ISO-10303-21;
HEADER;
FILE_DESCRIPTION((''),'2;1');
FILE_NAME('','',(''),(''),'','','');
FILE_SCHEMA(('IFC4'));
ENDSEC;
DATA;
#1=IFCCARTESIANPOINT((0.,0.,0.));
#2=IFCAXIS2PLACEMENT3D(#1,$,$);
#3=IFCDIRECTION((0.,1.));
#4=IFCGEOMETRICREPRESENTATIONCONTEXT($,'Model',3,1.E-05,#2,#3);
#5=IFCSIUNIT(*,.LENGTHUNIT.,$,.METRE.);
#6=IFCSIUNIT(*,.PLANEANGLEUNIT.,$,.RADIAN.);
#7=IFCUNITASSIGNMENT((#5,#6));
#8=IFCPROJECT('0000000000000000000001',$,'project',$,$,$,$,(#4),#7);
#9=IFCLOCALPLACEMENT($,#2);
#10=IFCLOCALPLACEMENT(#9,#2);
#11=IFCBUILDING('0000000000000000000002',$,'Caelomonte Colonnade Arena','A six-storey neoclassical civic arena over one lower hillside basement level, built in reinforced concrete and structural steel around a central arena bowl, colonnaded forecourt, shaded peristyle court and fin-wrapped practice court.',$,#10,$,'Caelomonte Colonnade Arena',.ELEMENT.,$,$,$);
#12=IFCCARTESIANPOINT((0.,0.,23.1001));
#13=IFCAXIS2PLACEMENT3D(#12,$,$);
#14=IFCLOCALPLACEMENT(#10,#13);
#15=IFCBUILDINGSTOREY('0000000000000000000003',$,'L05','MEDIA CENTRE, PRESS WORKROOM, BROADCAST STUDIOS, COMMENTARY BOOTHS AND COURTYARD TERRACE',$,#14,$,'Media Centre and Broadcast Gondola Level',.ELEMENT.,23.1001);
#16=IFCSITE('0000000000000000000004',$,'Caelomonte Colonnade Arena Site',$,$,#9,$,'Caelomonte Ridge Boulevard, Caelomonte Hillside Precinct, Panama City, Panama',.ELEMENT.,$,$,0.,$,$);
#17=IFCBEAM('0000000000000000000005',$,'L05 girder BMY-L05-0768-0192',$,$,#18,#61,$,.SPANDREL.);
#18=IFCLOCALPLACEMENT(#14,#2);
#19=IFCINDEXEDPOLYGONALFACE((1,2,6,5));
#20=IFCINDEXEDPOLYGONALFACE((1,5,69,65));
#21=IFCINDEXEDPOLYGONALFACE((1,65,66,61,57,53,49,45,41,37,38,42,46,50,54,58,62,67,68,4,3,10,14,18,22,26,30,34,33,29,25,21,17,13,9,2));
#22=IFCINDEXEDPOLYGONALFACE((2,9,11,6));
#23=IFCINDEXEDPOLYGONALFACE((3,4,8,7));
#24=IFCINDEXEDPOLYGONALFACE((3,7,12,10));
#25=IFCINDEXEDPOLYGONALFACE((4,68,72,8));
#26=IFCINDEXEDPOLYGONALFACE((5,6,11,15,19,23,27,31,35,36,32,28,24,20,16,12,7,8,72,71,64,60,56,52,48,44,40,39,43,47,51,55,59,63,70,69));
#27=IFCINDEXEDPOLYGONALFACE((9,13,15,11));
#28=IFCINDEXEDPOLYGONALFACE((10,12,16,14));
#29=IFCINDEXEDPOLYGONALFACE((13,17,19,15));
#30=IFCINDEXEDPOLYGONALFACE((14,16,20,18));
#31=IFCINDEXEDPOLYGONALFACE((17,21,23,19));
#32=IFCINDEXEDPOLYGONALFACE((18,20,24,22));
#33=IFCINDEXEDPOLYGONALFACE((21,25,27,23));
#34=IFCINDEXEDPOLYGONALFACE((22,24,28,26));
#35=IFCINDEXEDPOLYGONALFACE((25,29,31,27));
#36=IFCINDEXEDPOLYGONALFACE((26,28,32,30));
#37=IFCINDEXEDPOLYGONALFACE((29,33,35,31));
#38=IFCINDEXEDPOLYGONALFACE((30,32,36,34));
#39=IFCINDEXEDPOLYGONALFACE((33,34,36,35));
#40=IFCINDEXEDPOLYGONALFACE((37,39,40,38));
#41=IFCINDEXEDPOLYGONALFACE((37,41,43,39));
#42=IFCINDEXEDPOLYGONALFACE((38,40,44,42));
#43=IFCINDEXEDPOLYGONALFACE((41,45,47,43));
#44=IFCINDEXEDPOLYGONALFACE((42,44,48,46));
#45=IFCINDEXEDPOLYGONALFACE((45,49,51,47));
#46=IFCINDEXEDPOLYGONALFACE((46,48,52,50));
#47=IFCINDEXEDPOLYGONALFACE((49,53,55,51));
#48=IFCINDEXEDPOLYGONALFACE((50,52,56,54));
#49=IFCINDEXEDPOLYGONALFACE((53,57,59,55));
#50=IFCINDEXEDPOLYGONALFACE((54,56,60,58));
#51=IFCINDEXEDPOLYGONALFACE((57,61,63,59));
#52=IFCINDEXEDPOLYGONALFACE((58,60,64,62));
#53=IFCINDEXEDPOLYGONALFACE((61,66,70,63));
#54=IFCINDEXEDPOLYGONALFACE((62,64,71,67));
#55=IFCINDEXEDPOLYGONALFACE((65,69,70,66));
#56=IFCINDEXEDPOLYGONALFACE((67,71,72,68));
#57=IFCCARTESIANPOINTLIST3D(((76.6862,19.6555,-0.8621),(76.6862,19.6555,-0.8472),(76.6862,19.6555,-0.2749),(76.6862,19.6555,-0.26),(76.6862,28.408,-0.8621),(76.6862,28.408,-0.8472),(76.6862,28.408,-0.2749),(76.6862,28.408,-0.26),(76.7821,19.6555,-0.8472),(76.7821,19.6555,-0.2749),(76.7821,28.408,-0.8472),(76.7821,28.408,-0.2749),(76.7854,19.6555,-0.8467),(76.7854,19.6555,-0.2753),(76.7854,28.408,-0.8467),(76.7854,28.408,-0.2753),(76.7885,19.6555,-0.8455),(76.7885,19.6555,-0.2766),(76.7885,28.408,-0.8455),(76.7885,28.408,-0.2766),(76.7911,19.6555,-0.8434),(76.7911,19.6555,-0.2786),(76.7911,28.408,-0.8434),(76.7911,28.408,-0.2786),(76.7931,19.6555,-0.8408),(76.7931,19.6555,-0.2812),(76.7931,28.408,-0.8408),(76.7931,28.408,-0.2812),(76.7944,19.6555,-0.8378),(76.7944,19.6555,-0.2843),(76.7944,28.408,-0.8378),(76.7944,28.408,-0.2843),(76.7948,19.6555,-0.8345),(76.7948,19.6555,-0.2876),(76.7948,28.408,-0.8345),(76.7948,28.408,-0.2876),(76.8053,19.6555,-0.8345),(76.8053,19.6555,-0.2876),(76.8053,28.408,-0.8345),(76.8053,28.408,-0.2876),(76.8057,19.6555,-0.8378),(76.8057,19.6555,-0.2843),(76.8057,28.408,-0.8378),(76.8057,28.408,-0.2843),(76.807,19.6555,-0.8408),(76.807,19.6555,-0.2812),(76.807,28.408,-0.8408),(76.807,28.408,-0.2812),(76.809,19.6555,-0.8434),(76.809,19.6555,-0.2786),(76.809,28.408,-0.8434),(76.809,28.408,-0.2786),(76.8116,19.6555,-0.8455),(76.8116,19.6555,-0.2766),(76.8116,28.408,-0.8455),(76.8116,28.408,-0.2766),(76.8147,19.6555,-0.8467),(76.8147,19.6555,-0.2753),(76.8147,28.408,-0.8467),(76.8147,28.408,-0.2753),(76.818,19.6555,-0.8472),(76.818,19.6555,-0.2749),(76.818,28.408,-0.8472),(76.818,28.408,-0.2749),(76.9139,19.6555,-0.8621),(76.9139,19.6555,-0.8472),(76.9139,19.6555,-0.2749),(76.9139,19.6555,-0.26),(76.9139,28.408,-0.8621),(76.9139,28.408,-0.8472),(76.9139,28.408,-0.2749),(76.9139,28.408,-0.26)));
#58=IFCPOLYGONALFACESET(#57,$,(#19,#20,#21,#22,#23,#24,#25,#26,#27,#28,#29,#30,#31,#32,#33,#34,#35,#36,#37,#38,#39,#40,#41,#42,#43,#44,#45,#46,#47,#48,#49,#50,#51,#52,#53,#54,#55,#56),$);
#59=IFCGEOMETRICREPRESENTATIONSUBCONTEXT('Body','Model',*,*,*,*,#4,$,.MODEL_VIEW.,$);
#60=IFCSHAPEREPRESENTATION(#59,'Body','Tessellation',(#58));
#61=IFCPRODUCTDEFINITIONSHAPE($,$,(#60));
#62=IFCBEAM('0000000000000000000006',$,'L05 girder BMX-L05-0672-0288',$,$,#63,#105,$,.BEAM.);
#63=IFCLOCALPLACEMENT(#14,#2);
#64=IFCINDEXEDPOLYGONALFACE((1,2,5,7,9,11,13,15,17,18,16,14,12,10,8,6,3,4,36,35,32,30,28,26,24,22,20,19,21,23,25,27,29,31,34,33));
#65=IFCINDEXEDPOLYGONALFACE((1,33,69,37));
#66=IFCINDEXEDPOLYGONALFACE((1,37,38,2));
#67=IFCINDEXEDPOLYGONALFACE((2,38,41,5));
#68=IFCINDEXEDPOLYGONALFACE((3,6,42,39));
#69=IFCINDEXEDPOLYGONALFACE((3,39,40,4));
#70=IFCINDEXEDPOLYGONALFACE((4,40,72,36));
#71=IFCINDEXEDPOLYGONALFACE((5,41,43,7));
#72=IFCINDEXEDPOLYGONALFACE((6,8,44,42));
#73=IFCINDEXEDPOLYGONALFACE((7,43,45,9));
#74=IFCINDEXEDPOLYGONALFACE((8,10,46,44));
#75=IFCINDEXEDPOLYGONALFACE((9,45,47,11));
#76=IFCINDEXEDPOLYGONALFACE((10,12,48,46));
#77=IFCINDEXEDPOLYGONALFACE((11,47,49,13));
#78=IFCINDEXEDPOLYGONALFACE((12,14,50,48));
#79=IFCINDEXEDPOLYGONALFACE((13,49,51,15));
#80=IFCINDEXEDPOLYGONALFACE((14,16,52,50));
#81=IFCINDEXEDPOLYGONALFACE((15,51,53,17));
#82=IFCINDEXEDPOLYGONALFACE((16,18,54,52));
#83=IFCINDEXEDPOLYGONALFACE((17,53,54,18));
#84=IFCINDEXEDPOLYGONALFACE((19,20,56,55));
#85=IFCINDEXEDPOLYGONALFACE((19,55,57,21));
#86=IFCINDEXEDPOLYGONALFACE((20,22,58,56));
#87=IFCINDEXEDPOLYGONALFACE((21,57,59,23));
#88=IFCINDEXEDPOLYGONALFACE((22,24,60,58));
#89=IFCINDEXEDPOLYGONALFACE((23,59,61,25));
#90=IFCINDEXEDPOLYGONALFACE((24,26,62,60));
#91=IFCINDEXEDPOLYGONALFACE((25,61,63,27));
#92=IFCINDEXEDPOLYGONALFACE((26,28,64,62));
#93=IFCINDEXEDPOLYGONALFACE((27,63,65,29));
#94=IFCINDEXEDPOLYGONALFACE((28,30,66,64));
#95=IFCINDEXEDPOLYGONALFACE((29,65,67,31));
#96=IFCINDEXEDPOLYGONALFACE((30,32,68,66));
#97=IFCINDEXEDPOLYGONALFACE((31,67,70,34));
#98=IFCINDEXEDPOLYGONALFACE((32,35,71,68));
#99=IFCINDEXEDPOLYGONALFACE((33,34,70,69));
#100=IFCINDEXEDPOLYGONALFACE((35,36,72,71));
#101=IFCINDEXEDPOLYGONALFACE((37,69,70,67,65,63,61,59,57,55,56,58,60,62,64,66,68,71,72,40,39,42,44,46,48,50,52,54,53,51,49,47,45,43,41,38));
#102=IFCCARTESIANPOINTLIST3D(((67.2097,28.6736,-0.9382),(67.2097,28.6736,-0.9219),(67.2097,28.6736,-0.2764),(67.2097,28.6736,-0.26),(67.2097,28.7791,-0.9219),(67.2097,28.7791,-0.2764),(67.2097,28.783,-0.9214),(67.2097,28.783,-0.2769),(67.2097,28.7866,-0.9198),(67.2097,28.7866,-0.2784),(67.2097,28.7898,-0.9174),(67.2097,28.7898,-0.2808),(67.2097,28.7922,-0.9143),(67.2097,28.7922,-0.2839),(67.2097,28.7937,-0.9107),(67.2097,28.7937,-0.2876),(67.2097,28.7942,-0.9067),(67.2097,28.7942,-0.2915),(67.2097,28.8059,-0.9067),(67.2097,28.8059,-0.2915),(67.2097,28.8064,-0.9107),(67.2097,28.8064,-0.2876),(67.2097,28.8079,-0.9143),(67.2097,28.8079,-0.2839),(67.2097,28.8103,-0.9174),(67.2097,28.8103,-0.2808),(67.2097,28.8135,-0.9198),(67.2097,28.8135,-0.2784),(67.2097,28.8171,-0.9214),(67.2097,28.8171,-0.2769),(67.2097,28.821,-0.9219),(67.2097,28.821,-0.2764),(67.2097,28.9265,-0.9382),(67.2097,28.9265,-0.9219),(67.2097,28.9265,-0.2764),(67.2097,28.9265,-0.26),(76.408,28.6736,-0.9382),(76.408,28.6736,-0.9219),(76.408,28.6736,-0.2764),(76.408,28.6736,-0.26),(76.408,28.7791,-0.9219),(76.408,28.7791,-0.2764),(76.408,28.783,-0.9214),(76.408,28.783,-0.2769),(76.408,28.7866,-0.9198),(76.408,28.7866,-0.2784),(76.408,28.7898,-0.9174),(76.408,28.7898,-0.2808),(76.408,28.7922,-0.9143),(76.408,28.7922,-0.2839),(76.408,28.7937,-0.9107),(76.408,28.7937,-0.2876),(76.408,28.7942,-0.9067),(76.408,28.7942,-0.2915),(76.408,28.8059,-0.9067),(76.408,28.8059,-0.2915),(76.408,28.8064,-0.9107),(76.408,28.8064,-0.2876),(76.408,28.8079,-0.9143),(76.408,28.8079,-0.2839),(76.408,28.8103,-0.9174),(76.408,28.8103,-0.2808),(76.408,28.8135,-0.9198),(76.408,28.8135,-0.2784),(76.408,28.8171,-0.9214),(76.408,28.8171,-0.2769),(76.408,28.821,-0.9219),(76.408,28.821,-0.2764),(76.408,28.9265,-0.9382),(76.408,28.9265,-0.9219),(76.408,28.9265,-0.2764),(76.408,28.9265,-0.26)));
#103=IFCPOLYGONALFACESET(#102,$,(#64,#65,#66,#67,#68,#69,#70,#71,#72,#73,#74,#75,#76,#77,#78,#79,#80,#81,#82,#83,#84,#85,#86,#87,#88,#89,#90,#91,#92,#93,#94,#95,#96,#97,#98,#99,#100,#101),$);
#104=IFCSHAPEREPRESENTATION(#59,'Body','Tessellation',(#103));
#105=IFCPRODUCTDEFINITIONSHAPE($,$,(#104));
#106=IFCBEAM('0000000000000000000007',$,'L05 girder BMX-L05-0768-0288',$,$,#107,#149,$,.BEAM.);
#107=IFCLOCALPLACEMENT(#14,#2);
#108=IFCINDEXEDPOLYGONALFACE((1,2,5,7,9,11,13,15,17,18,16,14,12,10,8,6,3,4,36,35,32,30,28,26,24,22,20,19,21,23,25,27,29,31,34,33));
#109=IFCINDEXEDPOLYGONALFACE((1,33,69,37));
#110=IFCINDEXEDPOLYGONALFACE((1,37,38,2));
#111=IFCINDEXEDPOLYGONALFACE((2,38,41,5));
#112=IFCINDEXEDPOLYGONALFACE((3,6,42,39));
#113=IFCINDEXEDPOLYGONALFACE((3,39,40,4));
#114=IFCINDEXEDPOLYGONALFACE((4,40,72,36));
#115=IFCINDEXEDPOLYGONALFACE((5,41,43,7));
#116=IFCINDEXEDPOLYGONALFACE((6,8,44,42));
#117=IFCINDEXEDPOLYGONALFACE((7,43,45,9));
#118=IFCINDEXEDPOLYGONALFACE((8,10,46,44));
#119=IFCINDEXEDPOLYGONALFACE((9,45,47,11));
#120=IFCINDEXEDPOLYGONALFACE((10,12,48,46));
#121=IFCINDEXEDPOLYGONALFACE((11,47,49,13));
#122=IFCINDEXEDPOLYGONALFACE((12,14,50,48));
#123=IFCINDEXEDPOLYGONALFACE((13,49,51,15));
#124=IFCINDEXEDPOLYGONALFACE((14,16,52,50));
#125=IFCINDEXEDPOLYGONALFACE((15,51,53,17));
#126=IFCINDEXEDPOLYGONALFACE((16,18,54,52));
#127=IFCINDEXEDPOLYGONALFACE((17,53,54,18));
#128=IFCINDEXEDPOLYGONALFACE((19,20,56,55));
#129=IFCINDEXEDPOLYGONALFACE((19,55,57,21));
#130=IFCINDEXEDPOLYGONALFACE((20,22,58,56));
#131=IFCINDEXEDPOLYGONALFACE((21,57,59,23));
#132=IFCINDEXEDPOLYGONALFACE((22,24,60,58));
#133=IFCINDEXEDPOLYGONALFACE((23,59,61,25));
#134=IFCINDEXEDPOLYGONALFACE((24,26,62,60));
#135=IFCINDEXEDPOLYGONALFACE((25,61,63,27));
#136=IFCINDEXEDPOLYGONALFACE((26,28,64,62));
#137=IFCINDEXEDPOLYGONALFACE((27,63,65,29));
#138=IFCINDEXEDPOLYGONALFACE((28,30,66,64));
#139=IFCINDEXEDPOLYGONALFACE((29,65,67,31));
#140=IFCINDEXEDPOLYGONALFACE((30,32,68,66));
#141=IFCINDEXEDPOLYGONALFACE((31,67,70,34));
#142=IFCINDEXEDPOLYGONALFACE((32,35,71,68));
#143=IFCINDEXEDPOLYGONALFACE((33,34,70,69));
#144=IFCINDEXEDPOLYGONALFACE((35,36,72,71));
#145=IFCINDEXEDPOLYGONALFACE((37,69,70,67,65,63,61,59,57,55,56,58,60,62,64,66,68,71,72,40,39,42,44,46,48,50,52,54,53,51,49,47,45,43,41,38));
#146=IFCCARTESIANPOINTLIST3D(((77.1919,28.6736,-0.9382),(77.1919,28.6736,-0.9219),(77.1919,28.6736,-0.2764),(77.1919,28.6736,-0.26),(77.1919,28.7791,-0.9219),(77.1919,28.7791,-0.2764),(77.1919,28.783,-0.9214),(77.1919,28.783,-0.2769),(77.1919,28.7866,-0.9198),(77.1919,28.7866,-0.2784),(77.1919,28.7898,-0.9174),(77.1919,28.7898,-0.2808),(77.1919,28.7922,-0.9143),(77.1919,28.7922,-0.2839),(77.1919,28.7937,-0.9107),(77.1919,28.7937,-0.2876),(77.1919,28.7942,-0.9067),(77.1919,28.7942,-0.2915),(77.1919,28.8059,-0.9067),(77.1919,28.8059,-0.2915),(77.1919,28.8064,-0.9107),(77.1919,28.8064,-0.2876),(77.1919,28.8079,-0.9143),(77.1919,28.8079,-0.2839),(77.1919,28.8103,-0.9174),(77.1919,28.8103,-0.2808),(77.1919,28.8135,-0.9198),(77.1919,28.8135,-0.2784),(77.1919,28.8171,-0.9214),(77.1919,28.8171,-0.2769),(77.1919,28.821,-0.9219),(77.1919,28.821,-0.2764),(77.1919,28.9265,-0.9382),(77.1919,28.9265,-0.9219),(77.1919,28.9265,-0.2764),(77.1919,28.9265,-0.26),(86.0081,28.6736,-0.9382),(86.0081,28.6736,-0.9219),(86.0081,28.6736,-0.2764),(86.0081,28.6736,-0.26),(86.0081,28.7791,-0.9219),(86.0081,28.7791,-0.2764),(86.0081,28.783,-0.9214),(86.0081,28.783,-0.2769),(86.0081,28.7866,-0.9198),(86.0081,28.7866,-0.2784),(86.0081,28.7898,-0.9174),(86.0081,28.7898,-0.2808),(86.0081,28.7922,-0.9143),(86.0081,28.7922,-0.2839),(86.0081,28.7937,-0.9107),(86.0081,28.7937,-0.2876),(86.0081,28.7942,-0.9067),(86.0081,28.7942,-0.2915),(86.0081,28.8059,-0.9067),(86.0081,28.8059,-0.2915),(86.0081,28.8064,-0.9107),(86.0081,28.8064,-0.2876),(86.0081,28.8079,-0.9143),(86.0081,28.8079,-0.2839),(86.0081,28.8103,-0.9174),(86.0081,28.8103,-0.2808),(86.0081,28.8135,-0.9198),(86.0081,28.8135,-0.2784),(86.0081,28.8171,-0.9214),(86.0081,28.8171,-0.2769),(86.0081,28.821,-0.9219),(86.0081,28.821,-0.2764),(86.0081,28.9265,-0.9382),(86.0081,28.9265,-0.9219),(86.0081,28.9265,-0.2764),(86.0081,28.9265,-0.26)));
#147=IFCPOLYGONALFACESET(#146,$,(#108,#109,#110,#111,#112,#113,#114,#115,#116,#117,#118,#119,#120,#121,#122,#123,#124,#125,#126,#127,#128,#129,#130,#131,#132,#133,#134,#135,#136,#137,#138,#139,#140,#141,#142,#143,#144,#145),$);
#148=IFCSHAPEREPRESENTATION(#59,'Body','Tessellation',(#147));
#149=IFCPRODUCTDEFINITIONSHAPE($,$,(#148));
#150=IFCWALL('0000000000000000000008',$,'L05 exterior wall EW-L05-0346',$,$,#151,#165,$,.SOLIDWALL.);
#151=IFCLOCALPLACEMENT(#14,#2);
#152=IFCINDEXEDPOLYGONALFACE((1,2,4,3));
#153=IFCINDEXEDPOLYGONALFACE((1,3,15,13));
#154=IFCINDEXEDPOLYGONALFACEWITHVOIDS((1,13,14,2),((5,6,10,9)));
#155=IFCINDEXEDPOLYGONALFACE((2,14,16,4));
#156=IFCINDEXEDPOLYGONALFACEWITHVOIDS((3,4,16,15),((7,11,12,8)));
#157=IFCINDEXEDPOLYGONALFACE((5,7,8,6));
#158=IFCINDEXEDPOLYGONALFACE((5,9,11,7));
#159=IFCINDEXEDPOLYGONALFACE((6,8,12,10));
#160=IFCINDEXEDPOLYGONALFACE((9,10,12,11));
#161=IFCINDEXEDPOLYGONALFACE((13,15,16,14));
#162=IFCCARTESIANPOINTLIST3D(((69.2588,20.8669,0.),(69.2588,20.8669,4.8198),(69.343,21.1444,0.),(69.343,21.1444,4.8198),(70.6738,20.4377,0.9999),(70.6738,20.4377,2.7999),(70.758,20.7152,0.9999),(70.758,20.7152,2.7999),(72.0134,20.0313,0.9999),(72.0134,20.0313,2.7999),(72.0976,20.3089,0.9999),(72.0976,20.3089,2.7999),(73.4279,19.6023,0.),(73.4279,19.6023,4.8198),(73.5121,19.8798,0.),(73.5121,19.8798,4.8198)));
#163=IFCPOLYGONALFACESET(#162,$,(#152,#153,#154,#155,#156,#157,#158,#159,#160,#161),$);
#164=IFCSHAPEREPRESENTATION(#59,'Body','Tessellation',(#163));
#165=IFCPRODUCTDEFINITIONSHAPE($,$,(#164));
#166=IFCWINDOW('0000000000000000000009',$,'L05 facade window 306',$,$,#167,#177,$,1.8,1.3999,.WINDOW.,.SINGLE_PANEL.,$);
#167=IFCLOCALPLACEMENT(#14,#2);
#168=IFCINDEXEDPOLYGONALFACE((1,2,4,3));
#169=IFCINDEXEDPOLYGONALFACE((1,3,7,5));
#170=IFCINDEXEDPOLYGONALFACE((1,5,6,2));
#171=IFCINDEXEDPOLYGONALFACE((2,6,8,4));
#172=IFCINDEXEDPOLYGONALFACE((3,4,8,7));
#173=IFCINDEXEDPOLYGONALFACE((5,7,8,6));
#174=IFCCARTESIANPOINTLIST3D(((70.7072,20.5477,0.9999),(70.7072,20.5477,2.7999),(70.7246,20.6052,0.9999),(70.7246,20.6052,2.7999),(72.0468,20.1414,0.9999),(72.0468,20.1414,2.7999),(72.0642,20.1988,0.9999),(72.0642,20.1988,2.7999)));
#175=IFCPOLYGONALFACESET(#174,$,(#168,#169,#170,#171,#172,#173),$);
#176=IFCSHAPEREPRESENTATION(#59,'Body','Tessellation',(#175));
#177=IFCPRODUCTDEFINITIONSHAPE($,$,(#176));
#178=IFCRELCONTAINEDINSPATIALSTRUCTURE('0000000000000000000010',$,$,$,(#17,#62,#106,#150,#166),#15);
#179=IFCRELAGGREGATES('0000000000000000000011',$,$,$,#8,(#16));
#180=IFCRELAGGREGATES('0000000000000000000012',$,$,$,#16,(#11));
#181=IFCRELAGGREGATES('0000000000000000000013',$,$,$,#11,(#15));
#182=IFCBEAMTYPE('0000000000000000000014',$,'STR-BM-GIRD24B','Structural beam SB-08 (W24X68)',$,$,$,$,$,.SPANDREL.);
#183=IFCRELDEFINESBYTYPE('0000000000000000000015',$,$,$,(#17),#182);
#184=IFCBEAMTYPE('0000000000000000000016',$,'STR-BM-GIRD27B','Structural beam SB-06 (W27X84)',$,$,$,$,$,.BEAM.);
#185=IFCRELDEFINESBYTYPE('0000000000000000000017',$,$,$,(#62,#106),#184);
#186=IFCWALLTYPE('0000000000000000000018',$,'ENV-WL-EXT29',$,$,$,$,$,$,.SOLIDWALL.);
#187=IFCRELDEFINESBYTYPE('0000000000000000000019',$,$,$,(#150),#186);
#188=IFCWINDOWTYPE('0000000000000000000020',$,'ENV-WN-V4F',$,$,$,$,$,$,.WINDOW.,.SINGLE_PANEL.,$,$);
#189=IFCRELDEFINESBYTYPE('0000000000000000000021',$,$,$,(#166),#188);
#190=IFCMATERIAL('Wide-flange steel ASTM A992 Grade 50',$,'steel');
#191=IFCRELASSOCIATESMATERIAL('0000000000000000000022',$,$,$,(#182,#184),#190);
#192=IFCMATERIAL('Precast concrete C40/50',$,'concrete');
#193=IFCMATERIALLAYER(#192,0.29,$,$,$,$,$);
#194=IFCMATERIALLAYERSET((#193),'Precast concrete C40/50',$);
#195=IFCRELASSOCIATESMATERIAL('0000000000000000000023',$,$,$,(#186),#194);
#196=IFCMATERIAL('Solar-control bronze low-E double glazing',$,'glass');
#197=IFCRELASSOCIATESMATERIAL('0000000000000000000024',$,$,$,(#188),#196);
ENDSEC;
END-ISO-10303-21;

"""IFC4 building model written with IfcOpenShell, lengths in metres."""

from ifc_helpers import new_model, si_unit, direction, frame, frame_2d, origin, origin_2d, place, context, subcontext, project, spatial, rectangle, i_section, extrude, material, layer, layer_set, material_profile, profile_set, type_object, element, fill, save


model = new_model("IFC4")

# Units and contexts
model_context = context("Model", 3, precision=1e-05, world=origin(), true_north=direction((0.0, 1.0)))
body_context = subcontext(model_context, "Body", "Model", "MODEL_VIEW")
ifc_project = project(units=[si_unit("LENGTHUNIT", "METRE"), si_unit("PLANEANGLEUNIT", "RADIAN")], contexts=[model_context])

# Site, building, storey
site_placement = place(None, origin())
site = spatial("IfcSite", under=ifc_project, at=site_placement, Name="Caelomonte Colonnade Arena Site", LongName="Caelomonte Ridge Boulevard, Caelomonte Hillside Precinct, Panama City, Panama", CompositionType="ELEMENT", RefElevation=0.0)
building_placement = place(site_placement, origin())
building = spatial("IfcBuilding", under=site, at=building_placement, Name="Caelomonte Colonnade Arena", Description="A six-storey neoclassical civic arena over one lower hillside basement level, built in reinforced concrete and structural steel around a central arena bowl, colonnaded forecourt, shaded peristyle court and fin-wrapped practice court.", LongName="Caelomonte Colonnade Arena", CompositionType="ELEMENT")
storey_placement = place(building_placement, frame((0.0, 0.0, 23.1001)))
storey = spatial("IfcBuildingStorey", under=building, at=storey_placement, Name="L05", Description="MEDIA CENTRE, PRESS WORKROOM, BROADCAST STUDIOS, COMMENTARY BOOTHS AND COURTYARD TERRACE", LongName="Media Centre and Broadcast Gondola Level", CompositionType="ELEMENT", Elevation=23.1001)

# Shared definitions
ifc_material_1 = material(Name="Wide-flange steel ASTM A992 Grade 50", Category="steel")

# Beams
ifc_material_profile_1 = material_profile(ifc_material_1, i_section(OverallWidth=0.2278, OverallDepth=0.6021, WebThickness=0.0105, FlangeThickness=0.0149, FilletRadius=0.0127, at=origin_2d()), Name="W24X68")
ifc_profile_set_1 = profile_set([ifc_material_profile_1], Name="Wide-flange steel ASTM A992 Grade 50")
beam_type_1 = type_object("IfcBeamType", Name="STR-BM-GIRD24B", Description="Structural beam SB-08 (W24X68)", PredefinedType="SPANDREL", material=ifc_profile_set_1)
for number, where, z_axis, x_axis, name in (
    (1, (76.8, 19.6555, -0.561), (0.0, 1.0, 0.0), (-1.0, 0.0, 0.0), "L05 girder BMY-L05-0768-0192"),
):
    element("IfcBeam", number, at=place(storey_placement, frame(where, z_axis=z_axis, x_axis=x_axis)), inside=storey, type_object=beam_type_1, Name=name, PredefinedType="SPANDREL", context=body_context, shape_type="SweptSolid", body=[
        extrude(i_section(OverallWidth=0.2278, OverallDepth=0.6021, WebThickness=0.0105, FlangeThickness=0.0149, FilletRadius=0.0127, at=origin_2d()), origin(), (0.0, 0.0, 1.0), 8.7524),
    ])
ifc_material_profile_2 = material_profile(ifc_material_1, i_section(OverallWidth=0.2529, OverallDepth=0.6782, WebThickness=0.0117, FlangeThickness=0.0164, FilletRadius=0.0151, at=origin_2d()), Name="W27X84")
ifc_profile_set_2 = profile_set([ifc_material_profile_2], Name="Wide-flange steel ASTM A992 Grade 50")
beam_type_2 = type_object("IfcBeamType", Name="STR-BM-GIRD27B", Description="Structural beam SB-06 (W27X84)", PredefinedType="BEAM", material=ifc_profile_set_2)
beam_1_placement = place(storey_placement, frame((67.2097, 28.8, -0.5991), z_axis=(1.0, 0.0, 0.0), x_axis=(0.0, 1.0, 0.0)))
element("IfcBeam", 2, at=beam_1_placement, inside=storey, type_object=beam_type_2, Name="L05 girder BMX-L05-0672-0288", PredefinedType="BEAM", context=body_context, shape_type="SweptSolid", body=[
    extrude(i_section(OverallWidth=0.2529, OverallDepth=0.6782, WebThickness=0.0117, FlangeThickness=0.0164, FilletRadius=0.0151, at=origin_2d()), origin(), (0.0, 0.0, 1.0), 9.1982),
])
beam_2_placement = place(storey_placement, frame((77.1919, 28.8, -0.5991), z_axis=(1.0, 0.0, 0.0), x_axis=(0.0, 1.0, 0.0)))
element("IfcBeam", 3, at=beam_2_placement, inside=storey, type_object=beam_type_2, Name="L05 girder BMX-L05-0768-0288", PredefinedType="BEAM", context=body_context, shape_type="SweptSolid", body=[
    extrude(i_section(OverallWidth=0.2529, OverallDepth=0.6782, WebThickness=0.0117, FlangeThickness=0.0164, FilletRadius=0.0151, at=origin_2d()), origin(), (0.0, 0.0, 1.0), 8.8162),
])

# Wall, opening, window
ifc_material_2 = material(Name="Precast concrete C40/50", Category="concrete")
ifc_layer_1 = layer(ifc_material_2, 0.29)
ifc_layer_set_1 = layer_set([ifc_layer_1], Name="Precast concrete C40/50")
wall_type_1 = type_object("IfcWallType", Name="ENV-WL-EXT29", PredefinedType="SOLIDWALL", material=ifc_layer_set_1)
wall_1_placement = place(storey_placement, frame((69.301, 21.0056, 0.0), z_axis=(0.0, 0.0, 1.0), x_axis=(0.956944, -0.290272, 0.0)))
wall_1 = element("IfcWall", 4, at=wall_1_placement, inside=storey, type_object=wall_type_1, Name="L05 exterior wall EW-L05-0346", PredefinedType="SOLIDWALL", context=body_context, shape_type="SweptSolid", body=[
    extrude(rectangle(XDim=4.3567, YDim=0.29, at=frame_2d((2.1782, 0.0))), origin(), (0.0, 0.0, 1.0), 4.8198),
])
opening_1_placement = place(wall_1_placement, frame((2.8784, 0.0, 1.0), z_axis=(0.0, 0.0, 1.0), x_axis=(-1.0, 0.0, 0.0)))
opening_1 = element("IfcOpeningElement", 5, at=opening_1_placement, cuts=wall_1, PredefinedType="OPENING", context=body_context, shape_type="SweptSolid", body=[
    extrude(rectangle(XDim=1.3999, YDim=1.8, at=frame_2d((0.7, 0.8999))), frame((0.0, 0.155, 0.0), z_axis=(0.0, -1.0, 0.0), x_axis=(1.0, 0.0, 0.0)), (0.0, 0.0, 1.0), 0.3101),
])
ifc_material_3 = material(Name="Solar-control bronze low-E double glazing", Category="glass")
window_type = type_object("IfcWindowType", Name="ENV-WN-V4F", PartitioningType="SINGLE_PANEL", PredefinedType="WINDOW", material=ifc_material_3)
window_1_placement = place(opening_1_placement, origin())
window_1 = element("IfcWindow", 6, at=window_1_placement, inside=storey, type_object=window_type, Name="L05 facade window 306", OverallHeight=1.8, OverallWidth=1.3999, PartitioningType="SINGLE_PANEL", PredefinedType="WINDOW", context=body_context, shape_type="SweptSolid", body=[
    extrude(rectangle(XDim=1.3999, YDim=1.8, at=frame_2d((0.7, 0.8999))), frame((0.0, 0.03, 0.0), z_axis=(0.0, -1.0, 0.0), x_axis=(1.0, 0.0, 0.0)), (0.0, 0.0, 1.0), 0.0601),
])
fill(opening_1, window_1)

save(model, "model.ifc")
